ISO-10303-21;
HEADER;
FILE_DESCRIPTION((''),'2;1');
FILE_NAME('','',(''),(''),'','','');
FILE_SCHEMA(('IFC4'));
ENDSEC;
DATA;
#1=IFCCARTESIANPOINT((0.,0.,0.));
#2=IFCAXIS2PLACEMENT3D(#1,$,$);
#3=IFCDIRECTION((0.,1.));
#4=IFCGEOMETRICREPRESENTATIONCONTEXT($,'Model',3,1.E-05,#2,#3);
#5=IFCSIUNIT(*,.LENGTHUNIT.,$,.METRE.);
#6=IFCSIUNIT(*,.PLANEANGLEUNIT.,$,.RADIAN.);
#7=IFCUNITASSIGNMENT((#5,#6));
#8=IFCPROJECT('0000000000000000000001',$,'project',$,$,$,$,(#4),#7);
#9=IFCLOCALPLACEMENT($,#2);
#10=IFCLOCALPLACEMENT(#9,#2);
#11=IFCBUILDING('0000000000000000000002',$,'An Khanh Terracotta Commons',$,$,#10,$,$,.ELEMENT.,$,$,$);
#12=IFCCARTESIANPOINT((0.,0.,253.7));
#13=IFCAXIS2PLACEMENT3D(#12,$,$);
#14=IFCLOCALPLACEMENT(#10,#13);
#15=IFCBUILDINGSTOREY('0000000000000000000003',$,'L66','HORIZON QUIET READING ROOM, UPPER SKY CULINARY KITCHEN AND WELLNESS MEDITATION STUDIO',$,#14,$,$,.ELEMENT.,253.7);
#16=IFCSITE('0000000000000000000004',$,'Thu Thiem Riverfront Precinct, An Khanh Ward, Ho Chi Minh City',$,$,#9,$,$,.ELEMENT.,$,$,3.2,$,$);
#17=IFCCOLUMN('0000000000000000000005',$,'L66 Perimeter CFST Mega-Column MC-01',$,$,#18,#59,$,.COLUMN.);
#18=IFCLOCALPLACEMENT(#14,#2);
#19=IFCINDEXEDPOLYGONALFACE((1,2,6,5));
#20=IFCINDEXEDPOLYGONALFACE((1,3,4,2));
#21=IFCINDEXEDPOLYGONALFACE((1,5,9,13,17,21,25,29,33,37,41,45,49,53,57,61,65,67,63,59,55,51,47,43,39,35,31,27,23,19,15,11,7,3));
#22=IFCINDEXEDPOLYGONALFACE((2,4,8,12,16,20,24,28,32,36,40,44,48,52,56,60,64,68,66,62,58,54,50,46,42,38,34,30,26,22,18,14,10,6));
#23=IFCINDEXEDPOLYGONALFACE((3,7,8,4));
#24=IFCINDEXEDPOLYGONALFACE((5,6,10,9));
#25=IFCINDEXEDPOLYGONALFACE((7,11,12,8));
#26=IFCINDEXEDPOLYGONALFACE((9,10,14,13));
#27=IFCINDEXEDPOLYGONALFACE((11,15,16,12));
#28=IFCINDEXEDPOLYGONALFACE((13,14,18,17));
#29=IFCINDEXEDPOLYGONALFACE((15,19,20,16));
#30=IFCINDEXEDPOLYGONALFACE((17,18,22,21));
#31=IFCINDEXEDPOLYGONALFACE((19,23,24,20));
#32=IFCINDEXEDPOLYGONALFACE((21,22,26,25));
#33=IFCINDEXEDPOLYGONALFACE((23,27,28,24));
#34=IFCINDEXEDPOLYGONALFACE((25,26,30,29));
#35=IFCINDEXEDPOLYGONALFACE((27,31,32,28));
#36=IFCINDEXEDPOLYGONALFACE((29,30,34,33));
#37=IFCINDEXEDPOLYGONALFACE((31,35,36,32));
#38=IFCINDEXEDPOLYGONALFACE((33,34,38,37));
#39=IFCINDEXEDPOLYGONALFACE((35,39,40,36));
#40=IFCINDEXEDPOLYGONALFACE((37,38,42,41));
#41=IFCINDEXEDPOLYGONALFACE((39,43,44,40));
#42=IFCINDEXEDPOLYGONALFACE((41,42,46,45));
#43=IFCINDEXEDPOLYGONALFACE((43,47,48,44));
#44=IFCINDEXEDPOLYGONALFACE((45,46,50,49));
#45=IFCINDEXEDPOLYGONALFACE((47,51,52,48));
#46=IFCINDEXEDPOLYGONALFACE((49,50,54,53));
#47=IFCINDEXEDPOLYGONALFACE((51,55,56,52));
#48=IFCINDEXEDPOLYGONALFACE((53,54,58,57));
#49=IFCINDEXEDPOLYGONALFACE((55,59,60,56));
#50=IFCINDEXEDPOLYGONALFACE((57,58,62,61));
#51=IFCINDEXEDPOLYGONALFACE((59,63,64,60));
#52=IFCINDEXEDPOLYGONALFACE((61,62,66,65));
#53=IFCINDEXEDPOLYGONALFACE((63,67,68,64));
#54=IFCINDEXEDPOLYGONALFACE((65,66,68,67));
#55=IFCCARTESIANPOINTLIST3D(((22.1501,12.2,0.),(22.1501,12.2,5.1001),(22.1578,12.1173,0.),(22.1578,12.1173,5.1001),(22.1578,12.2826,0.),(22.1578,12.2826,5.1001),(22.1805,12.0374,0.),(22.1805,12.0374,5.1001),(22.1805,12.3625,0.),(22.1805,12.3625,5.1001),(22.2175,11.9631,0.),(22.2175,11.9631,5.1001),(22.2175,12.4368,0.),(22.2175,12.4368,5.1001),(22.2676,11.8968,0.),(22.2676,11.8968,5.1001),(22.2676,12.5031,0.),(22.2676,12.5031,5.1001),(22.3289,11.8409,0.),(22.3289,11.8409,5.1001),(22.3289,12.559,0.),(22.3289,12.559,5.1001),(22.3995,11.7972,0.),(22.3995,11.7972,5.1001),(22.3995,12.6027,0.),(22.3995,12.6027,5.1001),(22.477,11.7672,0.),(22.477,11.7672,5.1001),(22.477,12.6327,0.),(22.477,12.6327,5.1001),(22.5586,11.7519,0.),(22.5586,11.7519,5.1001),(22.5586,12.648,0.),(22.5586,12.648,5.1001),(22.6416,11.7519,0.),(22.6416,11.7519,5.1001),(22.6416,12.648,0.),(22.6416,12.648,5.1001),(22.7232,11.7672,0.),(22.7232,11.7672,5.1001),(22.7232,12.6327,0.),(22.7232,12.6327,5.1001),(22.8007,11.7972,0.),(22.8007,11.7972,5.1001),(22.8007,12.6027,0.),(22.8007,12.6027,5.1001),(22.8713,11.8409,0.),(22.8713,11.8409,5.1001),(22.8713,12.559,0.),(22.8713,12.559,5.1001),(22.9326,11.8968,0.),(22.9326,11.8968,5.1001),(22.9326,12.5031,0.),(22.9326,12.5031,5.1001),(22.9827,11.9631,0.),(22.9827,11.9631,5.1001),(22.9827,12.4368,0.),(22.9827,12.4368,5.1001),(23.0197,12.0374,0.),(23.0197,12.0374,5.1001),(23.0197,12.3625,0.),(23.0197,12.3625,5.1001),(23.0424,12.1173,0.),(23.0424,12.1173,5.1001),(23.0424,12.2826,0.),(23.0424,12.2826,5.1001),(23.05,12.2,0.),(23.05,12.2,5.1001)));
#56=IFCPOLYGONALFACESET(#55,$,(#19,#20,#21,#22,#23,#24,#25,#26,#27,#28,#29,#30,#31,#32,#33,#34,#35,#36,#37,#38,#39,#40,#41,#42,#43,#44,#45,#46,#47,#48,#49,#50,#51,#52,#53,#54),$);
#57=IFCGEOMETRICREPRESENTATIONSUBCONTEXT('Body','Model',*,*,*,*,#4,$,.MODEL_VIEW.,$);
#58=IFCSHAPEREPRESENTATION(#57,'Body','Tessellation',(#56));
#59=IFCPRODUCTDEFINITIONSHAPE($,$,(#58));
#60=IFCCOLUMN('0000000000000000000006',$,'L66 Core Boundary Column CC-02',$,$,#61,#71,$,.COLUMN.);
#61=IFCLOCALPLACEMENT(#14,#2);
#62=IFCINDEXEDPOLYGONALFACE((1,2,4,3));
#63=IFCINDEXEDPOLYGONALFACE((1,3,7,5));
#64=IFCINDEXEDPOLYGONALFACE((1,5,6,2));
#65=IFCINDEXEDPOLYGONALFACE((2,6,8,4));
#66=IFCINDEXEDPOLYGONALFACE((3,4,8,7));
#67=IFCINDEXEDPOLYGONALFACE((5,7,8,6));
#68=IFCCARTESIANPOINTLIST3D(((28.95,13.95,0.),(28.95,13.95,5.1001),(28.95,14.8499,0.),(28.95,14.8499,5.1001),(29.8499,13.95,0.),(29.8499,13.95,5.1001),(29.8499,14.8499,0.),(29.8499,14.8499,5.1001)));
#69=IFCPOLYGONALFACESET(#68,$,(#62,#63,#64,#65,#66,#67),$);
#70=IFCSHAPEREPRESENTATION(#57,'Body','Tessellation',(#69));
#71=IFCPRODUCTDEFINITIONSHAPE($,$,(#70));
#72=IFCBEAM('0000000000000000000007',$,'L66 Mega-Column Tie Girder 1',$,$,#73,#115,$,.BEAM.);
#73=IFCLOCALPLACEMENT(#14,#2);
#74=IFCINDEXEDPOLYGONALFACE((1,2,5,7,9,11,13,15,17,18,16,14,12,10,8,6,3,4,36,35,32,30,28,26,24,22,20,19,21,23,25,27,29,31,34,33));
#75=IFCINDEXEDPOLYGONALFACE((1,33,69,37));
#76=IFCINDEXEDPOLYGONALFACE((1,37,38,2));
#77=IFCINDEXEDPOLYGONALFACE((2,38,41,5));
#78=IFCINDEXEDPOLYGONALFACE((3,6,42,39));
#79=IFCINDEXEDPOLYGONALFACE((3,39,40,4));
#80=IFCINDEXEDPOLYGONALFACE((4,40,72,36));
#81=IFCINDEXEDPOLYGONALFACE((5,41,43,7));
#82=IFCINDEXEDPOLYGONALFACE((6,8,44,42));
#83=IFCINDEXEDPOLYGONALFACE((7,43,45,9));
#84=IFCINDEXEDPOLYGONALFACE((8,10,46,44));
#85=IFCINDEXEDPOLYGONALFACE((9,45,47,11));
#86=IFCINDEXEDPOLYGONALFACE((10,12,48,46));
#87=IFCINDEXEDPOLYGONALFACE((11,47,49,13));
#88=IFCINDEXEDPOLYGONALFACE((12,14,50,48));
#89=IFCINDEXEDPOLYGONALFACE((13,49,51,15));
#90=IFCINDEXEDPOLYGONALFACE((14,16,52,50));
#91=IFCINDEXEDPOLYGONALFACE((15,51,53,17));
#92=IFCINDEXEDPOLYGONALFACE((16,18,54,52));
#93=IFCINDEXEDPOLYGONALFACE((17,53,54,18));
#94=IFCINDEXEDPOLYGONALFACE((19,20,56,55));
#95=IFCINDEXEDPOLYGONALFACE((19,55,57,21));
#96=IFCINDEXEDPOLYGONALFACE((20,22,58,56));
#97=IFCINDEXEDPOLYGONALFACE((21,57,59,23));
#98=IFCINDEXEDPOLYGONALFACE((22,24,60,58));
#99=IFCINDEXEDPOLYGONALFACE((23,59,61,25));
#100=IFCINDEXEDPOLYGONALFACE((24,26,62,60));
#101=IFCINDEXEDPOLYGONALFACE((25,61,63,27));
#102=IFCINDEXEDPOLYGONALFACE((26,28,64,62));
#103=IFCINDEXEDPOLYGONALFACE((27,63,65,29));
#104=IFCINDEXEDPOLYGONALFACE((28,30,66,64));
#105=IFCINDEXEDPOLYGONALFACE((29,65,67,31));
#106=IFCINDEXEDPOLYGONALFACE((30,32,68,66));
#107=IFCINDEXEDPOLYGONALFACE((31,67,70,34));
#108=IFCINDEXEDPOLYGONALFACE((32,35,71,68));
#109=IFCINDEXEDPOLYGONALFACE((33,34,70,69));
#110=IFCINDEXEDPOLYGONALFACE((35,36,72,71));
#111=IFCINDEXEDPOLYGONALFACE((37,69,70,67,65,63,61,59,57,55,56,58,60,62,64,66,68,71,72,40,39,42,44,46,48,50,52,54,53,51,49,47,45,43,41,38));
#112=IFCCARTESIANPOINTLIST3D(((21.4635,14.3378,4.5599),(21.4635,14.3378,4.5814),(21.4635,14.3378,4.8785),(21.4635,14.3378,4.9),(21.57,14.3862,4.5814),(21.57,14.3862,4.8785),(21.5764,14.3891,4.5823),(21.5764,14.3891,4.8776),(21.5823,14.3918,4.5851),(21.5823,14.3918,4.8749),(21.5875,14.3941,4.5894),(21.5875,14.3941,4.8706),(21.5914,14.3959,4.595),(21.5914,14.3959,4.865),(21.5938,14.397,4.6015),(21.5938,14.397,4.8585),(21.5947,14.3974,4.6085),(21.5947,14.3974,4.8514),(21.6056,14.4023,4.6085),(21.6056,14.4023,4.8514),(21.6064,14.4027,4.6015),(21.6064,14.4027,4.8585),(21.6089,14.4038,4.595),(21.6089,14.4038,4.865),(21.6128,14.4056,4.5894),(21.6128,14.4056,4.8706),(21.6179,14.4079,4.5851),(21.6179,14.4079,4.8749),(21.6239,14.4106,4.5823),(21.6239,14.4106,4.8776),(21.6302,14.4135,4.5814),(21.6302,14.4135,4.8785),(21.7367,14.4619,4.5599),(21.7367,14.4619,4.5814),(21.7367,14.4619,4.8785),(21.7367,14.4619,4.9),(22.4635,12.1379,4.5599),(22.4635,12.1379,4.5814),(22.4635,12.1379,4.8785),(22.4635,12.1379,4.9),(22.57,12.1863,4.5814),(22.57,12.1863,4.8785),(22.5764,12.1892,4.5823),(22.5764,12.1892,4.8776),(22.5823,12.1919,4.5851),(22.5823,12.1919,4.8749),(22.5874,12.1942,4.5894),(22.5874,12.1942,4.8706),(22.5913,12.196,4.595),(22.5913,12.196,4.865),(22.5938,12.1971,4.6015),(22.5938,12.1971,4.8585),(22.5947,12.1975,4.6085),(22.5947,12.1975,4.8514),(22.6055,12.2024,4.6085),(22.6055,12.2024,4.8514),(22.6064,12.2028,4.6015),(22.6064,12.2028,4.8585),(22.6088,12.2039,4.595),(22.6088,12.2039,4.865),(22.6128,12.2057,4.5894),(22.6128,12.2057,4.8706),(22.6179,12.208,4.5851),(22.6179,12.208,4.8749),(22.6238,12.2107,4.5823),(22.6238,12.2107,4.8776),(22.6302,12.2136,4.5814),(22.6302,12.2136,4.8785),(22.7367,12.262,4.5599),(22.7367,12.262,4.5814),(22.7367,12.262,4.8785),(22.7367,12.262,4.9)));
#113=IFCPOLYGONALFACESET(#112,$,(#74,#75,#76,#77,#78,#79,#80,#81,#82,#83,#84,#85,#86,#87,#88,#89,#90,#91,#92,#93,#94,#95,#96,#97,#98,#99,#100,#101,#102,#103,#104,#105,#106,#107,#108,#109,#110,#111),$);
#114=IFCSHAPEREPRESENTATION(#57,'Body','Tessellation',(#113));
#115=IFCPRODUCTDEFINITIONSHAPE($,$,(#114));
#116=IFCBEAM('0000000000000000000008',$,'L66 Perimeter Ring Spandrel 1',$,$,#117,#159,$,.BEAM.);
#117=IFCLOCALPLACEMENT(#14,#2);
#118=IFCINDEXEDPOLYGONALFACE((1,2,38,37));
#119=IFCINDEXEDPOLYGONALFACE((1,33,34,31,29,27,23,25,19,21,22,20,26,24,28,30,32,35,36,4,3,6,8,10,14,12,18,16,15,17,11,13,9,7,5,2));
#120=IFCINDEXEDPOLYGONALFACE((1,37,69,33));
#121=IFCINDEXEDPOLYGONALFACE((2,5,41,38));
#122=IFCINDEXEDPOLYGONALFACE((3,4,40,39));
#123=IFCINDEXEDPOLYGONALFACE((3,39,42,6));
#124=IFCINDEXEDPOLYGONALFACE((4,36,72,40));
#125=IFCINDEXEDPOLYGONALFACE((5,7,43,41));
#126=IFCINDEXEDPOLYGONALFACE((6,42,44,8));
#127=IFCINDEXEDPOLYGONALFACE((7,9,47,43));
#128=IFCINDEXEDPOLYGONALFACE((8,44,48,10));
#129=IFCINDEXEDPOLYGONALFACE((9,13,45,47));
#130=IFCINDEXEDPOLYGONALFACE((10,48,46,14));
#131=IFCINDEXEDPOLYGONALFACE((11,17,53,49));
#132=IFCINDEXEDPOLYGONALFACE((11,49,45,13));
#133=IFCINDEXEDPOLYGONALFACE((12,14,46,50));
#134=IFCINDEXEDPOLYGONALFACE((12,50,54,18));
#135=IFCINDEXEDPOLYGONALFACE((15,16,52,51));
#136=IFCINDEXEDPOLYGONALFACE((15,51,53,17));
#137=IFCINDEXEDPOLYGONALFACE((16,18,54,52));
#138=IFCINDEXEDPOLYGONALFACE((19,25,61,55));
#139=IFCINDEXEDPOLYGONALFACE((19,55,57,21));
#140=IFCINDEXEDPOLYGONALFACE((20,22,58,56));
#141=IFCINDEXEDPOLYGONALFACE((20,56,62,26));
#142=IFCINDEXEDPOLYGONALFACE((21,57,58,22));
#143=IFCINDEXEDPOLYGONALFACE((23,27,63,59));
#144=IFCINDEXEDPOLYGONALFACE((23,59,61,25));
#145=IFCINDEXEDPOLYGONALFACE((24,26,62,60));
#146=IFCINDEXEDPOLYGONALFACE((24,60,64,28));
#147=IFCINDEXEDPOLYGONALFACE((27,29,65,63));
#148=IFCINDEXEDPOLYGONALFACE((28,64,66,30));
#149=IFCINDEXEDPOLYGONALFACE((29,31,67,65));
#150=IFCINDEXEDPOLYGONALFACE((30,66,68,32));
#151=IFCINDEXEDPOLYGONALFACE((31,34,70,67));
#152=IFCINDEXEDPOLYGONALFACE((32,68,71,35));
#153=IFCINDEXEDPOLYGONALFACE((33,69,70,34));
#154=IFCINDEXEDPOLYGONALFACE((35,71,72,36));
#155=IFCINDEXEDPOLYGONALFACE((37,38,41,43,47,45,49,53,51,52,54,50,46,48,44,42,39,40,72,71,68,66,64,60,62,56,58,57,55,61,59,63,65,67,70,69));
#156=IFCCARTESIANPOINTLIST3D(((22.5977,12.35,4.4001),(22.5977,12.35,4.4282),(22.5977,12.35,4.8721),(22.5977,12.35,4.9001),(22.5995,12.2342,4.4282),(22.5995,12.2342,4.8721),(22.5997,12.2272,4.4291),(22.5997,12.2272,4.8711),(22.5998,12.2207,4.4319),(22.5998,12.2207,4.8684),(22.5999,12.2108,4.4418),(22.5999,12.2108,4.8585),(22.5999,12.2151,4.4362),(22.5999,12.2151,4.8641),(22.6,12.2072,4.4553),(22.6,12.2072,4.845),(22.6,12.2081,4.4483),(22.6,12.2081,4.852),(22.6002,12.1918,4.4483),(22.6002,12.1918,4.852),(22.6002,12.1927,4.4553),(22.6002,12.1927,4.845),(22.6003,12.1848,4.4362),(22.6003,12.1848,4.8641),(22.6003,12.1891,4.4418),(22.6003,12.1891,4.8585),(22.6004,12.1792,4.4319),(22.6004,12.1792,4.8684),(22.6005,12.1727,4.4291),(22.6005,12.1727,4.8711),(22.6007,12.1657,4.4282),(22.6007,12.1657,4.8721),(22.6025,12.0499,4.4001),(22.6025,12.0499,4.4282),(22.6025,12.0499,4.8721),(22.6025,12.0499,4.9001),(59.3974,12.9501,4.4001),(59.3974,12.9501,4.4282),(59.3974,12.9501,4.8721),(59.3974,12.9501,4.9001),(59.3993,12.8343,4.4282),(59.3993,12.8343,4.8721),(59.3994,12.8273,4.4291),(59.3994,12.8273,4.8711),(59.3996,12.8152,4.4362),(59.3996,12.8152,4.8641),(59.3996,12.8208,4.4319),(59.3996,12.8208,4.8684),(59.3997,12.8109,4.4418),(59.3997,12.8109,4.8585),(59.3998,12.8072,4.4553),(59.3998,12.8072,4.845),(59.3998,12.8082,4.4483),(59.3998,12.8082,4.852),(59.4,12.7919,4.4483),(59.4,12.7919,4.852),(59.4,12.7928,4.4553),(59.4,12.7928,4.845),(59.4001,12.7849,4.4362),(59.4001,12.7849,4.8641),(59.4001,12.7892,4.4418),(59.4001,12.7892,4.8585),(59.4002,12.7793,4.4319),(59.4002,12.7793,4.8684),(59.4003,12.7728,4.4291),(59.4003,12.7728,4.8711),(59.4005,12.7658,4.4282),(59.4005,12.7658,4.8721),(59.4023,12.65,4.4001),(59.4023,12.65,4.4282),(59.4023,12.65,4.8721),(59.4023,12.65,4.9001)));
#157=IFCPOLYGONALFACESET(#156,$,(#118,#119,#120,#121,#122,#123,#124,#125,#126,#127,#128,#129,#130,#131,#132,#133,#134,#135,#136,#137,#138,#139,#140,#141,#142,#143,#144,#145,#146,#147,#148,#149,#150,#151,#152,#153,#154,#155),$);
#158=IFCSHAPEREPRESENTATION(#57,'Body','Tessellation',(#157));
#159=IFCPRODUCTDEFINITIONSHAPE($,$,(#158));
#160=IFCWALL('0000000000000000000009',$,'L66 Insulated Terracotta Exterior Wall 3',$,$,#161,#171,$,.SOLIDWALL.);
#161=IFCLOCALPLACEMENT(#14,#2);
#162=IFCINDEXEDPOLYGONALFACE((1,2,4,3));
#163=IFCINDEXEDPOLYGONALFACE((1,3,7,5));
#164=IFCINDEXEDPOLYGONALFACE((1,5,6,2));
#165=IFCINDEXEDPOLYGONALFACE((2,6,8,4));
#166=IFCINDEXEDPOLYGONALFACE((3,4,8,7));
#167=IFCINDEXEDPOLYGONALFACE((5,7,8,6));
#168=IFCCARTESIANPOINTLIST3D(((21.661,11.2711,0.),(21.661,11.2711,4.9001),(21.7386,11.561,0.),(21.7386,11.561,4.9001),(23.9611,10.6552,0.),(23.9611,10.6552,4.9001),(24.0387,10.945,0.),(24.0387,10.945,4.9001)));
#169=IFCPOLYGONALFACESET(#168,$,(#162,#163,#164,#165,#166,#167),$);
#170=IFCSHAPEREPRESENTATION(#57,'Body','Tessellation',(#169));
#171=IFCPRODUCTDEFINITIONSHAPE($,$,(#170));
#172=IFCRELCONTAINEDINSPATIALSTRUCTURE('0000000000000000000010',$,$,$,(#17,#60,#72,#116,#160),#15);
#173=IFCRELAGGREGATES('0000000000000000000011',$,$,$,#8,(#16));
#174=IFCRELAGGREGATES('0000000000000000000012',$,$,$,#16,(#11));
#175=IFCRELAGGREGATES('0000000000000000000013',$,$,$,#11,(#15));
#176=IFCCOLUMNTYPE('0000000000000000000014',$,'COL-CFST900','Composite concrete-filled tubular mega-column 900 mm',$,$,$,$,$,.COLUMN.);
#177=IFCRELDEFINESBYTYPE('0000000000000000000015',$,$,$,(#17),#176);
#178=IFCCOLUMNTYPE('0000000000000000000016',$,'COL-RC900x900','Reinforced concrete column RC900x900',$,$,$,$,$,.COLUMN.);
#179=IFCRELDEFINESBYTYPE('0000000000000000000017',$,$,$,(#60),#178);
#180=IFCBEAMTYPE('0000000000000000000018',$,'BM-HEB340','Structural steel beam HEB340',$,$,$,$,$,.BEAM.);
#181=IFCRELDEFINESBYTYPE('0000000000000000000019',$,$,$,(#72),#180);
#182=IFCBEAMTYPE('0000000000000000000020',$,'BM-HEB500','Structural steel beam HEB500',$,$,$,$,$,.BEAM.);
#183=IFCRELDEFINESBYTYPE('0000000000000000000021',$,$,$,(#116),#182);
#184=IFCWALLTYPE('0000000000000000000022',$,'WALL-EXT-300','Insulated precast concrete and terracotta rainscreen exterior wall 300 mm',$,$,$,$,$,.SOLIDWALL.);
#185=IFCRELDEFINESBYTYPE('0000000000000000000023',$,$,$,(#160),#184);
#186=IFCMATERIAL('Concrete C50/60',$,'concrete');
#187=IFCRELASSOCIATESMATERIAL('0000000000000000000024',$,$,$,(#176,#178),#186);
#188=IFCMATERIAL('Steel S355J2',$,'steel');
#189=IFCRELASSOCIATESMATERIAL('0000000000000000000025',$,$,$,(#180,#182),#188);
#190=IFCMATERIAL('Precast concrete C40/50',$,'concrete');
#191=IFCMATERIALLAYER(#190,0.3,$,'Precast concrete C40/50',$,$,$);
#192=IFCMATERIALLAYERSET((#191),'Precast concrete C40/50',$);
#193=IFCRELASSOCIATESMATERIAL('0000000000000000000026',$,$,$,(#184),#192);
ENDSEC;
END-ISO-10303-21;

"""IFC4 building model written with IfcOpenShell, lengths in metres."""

from ifc_helpers import new_model, si_unit, direction, frame, frame_2d, origin, origin_2d, place, context, subcontext, project, spatial, rectangle, circle, i_section, extrude, material, layer, layer_set, material_profile, profile_set, type_object, element, save


model = new_model("IFC4")

# Units and contexts
model_context = context("Model", 3, precision=1e-05, world=origin(), true_north=direction((0.0, 1.0)))
body_context = subcontext(model_context, "Body", "Model", "MODEL_VIEW")
ifc_project = project(units=[si_unit("LENGTHUNIT", "METRE"), si_unit("PLANEANGLEUNIT", "RADIAN")], contexts=[model_context])

# Site, building, storey
site_placement = place(None, origin())
site = spatial("IfcSite", under=ifc_project, at=site_placement, Name="Thu Thiem Riverfront Precinct, An Khanh Ward, Ho Chi Minh City", CompositionType="ELEMENT", RefElevation=3.2)
building_placement = place(site_placement, origin())
building = spatial("IfcBuilding", under=site, at=building_placement, Name="An Khanh Terracotta Commons", CompositionType="ELEMENT")
storey_placement = place(building_placement, frame((0.0, 0.0, 253.7)))
storey = spatial("IfcBuildingStorey", under=building, at=storey_placement, Name="L66", Description="HORIZON QUIET READING ROOM, UPPER SKY CULINARY KITCHEN AND WELLNESS MEDITATION STUDIO", CompositionType="ELEMENT", Elevation=253.7)

# Columns
ifc_material_1 = material(Name="Concrete C50/60", Category="concrete")
ifc_material_profile_1 = material_profile(ifc_material_1, circle(Radius=0.45, at=origin_2d()), Name="CFST900")
ifc_profile_set_1 = profile_set([ifc_material_profile_1], Name="Concrete C50/60")
column_type_1 = type_object("IfcColumnType", Name="COL-CFST900", Description="Composite concrete-filled tubular mega-column 900 mm", PredefinedType="COLUMN", material=ifc_profile_set_1)
column_1_placement = place(storey_placement, frame((22.6001, 12.2, 0.0), z_axis=(0.0, 0.0, 1.0), x_axis=(1.0, 0.0, 0.0)))
element("IfcColumn", 1, at=column_1_placement, inside=storey, type_object=column_type_1, Name="L66 Perimeter CFST Mega-Column MC-01", PredefinedType="COLUMN", context=body_context, shape_type="SweptSolid", body=[
    extrude(circle(Radius=0.45, at=origin_2d()), origin(), (0.0, 0.0, 1.0), 5.1001),
])
ifc_material_profile_2 = material_profile(ifc_material_1, rectangle(XDim=0.8999, YDim=0.8999, at=origin_2d()), Name="RC900x900")
ifc_profile_set_2 = profile_set([ifc_material_profile_2], Name="Concrete C50/60")
column_type_2 = type_object("IfcColumnType", Name="COL-RC900x900", Description="Reinforced concrete column RC900x900", PredefinedType="COLUMN", material=ifc_profile_set_2)
column_2_placement = place(storey_placement, frame((29.3999, 14.3999, 0.0), z_axis=(0.0, 0.0, 1.0), x_axis=(1.0, 0.0, 0.0)))
element("IfcColumn", 2, at=column_2_placement, inside=storey, type_object=column_type_2, Name="L66 Core Boundary Column CC-02", PredefinedType="COLUMN", context=body_context, shape_type="SweptSolid", body=[
    extrude(rectangle(XDim=0.8999, YDim=0.8999, at=origin_2d()), origin(), (0.0, 0.0, 1.0), 5.1001),
])

# Beams
ifc_material_2 = material(Name="Steel S355J2", Category="steel")
ifc_material_profile_3 = material_profile(ifc_material_2, i_section(OverallWidth=0.3, OverallDepth=0.3401, WebThickness=0.012, FlangeThickness=0.0215, FilletRadius=0.0271, at=origin_2d()), Name="HEB340")
ifc_profile_set_3 = profile_set([ifc_material_profile_3], Name="Steel S355J2")
beam_type_1 = type_object("IfcBeamType", Name="BM-HEB340", Description="Structural steel beam HEB340", PredefinedType="BEAM", material=ifc_profile_set_3)
beam_1_placement = place(storey_placement, frame((22.6001, 12.2, 4.73), z_axis=(-0.413811, 0.910363, 0.0), x_axis=(-0.910363, -0.413811, 0.0)))
element("IfcBeam", 3, at=beam_1_placement, inside=storey, type_object=beam_type_1, Name="L66 Mega-Column Tie Girder 1", PredefinedType="BEAM", context=body_context, shape_type="SweptSolid", body=[
    extrude(i_section(OverallWidth=0.3, OverallDepth=0.3401, WebThickness=0.012, FlangeThickness=0.0215, FilletRadius=0.0271, at=origin_2d()), origin(), (0.0, 0.0, 1.0), 2.4165),
])
ifc_material_profile_4 = material_profile(ifc_material_2, i_section(OverallWidth=0.3, OverallDepth=0.5, WebThickness=0.0144, FlangeThickness=0.0281, FilletRadius=0.0271, at=origin_2d()), Name="HEB500")
ifc_profile_set_4 = profile_set([ifc_material_profile_4], Name="Steel S355J2")
beam_type_2 = type_object("IfcBeamType", Name="BM-HEB500", Description="Structural steel beam HEB500", PredefinedType="BEAM", material=ifc_profile_set_4)
beam_2_placement = place(storey_placement, frame((22.6001, 12.2, 4.6501), z_axis=(0.999867, 0.016305, 0.0), x_axis=(-0.016305, 0.999867, 0.0)))
element("IfcBeam", 4, at=beam_2_placement, inside=storey, type_object=beam_type_2, Name="L66 Perimeter Ring Spandrel 1", PredefinedType="BEAM", context=body_context, shape_type="SweptSolid", body=[
    extrude(i_section(OverallWidth=0.3, OverallDepth=0.5, WebThickness=0.0144, FlangeThickness=0.0281, FilletRadius=0.0271, at=origin_2d()), origin(), (0.0, 0.0, 1.0), 36.8047),
])

# Wall
ifc_material_3 = material(Name="Precast concrete C40/50", Category="concrete")
ifc_layer_1 = layer(ifc_material_3, 0.3, Name="Precast concrete C40/50")
ifc_layer_set_1 = layer_set([ifc_layer_1], Name="Precast concrete C40/50")
wall_type_1 = type_object("IfcWallType", Name="WALL-EXT-300", Description="Insulated precast concrete and terracotta rainscreen exterior wall 300 mm", PredefinedType="SOLIDWALL", material=ifc_layer_set_1)
wall_1_placement = place(storey_placement, frame((21.7, 11.416, 0.0), z_axis=(0.0, 0.0, 1.0), x_axis=(0.96596, -0.25869, 0.0)))
element("IfcWall", 5, at=wall_1_placement, inside=storey, type_object=wall_type_1, Name="L66 Insulated Terracotta Exterior Wall 3", PredefinedType="SOLIDWALL", context=body_context, shape_type="SweptSolid", body=[
    extrude(rectangle(XDim=2.3811, YDim=0.3, at=frame_2d((1.1904, 0.0))), origin(), (0.0, 0.0, 1.0), 4.9001),
])

save(model, "model.ifc")
